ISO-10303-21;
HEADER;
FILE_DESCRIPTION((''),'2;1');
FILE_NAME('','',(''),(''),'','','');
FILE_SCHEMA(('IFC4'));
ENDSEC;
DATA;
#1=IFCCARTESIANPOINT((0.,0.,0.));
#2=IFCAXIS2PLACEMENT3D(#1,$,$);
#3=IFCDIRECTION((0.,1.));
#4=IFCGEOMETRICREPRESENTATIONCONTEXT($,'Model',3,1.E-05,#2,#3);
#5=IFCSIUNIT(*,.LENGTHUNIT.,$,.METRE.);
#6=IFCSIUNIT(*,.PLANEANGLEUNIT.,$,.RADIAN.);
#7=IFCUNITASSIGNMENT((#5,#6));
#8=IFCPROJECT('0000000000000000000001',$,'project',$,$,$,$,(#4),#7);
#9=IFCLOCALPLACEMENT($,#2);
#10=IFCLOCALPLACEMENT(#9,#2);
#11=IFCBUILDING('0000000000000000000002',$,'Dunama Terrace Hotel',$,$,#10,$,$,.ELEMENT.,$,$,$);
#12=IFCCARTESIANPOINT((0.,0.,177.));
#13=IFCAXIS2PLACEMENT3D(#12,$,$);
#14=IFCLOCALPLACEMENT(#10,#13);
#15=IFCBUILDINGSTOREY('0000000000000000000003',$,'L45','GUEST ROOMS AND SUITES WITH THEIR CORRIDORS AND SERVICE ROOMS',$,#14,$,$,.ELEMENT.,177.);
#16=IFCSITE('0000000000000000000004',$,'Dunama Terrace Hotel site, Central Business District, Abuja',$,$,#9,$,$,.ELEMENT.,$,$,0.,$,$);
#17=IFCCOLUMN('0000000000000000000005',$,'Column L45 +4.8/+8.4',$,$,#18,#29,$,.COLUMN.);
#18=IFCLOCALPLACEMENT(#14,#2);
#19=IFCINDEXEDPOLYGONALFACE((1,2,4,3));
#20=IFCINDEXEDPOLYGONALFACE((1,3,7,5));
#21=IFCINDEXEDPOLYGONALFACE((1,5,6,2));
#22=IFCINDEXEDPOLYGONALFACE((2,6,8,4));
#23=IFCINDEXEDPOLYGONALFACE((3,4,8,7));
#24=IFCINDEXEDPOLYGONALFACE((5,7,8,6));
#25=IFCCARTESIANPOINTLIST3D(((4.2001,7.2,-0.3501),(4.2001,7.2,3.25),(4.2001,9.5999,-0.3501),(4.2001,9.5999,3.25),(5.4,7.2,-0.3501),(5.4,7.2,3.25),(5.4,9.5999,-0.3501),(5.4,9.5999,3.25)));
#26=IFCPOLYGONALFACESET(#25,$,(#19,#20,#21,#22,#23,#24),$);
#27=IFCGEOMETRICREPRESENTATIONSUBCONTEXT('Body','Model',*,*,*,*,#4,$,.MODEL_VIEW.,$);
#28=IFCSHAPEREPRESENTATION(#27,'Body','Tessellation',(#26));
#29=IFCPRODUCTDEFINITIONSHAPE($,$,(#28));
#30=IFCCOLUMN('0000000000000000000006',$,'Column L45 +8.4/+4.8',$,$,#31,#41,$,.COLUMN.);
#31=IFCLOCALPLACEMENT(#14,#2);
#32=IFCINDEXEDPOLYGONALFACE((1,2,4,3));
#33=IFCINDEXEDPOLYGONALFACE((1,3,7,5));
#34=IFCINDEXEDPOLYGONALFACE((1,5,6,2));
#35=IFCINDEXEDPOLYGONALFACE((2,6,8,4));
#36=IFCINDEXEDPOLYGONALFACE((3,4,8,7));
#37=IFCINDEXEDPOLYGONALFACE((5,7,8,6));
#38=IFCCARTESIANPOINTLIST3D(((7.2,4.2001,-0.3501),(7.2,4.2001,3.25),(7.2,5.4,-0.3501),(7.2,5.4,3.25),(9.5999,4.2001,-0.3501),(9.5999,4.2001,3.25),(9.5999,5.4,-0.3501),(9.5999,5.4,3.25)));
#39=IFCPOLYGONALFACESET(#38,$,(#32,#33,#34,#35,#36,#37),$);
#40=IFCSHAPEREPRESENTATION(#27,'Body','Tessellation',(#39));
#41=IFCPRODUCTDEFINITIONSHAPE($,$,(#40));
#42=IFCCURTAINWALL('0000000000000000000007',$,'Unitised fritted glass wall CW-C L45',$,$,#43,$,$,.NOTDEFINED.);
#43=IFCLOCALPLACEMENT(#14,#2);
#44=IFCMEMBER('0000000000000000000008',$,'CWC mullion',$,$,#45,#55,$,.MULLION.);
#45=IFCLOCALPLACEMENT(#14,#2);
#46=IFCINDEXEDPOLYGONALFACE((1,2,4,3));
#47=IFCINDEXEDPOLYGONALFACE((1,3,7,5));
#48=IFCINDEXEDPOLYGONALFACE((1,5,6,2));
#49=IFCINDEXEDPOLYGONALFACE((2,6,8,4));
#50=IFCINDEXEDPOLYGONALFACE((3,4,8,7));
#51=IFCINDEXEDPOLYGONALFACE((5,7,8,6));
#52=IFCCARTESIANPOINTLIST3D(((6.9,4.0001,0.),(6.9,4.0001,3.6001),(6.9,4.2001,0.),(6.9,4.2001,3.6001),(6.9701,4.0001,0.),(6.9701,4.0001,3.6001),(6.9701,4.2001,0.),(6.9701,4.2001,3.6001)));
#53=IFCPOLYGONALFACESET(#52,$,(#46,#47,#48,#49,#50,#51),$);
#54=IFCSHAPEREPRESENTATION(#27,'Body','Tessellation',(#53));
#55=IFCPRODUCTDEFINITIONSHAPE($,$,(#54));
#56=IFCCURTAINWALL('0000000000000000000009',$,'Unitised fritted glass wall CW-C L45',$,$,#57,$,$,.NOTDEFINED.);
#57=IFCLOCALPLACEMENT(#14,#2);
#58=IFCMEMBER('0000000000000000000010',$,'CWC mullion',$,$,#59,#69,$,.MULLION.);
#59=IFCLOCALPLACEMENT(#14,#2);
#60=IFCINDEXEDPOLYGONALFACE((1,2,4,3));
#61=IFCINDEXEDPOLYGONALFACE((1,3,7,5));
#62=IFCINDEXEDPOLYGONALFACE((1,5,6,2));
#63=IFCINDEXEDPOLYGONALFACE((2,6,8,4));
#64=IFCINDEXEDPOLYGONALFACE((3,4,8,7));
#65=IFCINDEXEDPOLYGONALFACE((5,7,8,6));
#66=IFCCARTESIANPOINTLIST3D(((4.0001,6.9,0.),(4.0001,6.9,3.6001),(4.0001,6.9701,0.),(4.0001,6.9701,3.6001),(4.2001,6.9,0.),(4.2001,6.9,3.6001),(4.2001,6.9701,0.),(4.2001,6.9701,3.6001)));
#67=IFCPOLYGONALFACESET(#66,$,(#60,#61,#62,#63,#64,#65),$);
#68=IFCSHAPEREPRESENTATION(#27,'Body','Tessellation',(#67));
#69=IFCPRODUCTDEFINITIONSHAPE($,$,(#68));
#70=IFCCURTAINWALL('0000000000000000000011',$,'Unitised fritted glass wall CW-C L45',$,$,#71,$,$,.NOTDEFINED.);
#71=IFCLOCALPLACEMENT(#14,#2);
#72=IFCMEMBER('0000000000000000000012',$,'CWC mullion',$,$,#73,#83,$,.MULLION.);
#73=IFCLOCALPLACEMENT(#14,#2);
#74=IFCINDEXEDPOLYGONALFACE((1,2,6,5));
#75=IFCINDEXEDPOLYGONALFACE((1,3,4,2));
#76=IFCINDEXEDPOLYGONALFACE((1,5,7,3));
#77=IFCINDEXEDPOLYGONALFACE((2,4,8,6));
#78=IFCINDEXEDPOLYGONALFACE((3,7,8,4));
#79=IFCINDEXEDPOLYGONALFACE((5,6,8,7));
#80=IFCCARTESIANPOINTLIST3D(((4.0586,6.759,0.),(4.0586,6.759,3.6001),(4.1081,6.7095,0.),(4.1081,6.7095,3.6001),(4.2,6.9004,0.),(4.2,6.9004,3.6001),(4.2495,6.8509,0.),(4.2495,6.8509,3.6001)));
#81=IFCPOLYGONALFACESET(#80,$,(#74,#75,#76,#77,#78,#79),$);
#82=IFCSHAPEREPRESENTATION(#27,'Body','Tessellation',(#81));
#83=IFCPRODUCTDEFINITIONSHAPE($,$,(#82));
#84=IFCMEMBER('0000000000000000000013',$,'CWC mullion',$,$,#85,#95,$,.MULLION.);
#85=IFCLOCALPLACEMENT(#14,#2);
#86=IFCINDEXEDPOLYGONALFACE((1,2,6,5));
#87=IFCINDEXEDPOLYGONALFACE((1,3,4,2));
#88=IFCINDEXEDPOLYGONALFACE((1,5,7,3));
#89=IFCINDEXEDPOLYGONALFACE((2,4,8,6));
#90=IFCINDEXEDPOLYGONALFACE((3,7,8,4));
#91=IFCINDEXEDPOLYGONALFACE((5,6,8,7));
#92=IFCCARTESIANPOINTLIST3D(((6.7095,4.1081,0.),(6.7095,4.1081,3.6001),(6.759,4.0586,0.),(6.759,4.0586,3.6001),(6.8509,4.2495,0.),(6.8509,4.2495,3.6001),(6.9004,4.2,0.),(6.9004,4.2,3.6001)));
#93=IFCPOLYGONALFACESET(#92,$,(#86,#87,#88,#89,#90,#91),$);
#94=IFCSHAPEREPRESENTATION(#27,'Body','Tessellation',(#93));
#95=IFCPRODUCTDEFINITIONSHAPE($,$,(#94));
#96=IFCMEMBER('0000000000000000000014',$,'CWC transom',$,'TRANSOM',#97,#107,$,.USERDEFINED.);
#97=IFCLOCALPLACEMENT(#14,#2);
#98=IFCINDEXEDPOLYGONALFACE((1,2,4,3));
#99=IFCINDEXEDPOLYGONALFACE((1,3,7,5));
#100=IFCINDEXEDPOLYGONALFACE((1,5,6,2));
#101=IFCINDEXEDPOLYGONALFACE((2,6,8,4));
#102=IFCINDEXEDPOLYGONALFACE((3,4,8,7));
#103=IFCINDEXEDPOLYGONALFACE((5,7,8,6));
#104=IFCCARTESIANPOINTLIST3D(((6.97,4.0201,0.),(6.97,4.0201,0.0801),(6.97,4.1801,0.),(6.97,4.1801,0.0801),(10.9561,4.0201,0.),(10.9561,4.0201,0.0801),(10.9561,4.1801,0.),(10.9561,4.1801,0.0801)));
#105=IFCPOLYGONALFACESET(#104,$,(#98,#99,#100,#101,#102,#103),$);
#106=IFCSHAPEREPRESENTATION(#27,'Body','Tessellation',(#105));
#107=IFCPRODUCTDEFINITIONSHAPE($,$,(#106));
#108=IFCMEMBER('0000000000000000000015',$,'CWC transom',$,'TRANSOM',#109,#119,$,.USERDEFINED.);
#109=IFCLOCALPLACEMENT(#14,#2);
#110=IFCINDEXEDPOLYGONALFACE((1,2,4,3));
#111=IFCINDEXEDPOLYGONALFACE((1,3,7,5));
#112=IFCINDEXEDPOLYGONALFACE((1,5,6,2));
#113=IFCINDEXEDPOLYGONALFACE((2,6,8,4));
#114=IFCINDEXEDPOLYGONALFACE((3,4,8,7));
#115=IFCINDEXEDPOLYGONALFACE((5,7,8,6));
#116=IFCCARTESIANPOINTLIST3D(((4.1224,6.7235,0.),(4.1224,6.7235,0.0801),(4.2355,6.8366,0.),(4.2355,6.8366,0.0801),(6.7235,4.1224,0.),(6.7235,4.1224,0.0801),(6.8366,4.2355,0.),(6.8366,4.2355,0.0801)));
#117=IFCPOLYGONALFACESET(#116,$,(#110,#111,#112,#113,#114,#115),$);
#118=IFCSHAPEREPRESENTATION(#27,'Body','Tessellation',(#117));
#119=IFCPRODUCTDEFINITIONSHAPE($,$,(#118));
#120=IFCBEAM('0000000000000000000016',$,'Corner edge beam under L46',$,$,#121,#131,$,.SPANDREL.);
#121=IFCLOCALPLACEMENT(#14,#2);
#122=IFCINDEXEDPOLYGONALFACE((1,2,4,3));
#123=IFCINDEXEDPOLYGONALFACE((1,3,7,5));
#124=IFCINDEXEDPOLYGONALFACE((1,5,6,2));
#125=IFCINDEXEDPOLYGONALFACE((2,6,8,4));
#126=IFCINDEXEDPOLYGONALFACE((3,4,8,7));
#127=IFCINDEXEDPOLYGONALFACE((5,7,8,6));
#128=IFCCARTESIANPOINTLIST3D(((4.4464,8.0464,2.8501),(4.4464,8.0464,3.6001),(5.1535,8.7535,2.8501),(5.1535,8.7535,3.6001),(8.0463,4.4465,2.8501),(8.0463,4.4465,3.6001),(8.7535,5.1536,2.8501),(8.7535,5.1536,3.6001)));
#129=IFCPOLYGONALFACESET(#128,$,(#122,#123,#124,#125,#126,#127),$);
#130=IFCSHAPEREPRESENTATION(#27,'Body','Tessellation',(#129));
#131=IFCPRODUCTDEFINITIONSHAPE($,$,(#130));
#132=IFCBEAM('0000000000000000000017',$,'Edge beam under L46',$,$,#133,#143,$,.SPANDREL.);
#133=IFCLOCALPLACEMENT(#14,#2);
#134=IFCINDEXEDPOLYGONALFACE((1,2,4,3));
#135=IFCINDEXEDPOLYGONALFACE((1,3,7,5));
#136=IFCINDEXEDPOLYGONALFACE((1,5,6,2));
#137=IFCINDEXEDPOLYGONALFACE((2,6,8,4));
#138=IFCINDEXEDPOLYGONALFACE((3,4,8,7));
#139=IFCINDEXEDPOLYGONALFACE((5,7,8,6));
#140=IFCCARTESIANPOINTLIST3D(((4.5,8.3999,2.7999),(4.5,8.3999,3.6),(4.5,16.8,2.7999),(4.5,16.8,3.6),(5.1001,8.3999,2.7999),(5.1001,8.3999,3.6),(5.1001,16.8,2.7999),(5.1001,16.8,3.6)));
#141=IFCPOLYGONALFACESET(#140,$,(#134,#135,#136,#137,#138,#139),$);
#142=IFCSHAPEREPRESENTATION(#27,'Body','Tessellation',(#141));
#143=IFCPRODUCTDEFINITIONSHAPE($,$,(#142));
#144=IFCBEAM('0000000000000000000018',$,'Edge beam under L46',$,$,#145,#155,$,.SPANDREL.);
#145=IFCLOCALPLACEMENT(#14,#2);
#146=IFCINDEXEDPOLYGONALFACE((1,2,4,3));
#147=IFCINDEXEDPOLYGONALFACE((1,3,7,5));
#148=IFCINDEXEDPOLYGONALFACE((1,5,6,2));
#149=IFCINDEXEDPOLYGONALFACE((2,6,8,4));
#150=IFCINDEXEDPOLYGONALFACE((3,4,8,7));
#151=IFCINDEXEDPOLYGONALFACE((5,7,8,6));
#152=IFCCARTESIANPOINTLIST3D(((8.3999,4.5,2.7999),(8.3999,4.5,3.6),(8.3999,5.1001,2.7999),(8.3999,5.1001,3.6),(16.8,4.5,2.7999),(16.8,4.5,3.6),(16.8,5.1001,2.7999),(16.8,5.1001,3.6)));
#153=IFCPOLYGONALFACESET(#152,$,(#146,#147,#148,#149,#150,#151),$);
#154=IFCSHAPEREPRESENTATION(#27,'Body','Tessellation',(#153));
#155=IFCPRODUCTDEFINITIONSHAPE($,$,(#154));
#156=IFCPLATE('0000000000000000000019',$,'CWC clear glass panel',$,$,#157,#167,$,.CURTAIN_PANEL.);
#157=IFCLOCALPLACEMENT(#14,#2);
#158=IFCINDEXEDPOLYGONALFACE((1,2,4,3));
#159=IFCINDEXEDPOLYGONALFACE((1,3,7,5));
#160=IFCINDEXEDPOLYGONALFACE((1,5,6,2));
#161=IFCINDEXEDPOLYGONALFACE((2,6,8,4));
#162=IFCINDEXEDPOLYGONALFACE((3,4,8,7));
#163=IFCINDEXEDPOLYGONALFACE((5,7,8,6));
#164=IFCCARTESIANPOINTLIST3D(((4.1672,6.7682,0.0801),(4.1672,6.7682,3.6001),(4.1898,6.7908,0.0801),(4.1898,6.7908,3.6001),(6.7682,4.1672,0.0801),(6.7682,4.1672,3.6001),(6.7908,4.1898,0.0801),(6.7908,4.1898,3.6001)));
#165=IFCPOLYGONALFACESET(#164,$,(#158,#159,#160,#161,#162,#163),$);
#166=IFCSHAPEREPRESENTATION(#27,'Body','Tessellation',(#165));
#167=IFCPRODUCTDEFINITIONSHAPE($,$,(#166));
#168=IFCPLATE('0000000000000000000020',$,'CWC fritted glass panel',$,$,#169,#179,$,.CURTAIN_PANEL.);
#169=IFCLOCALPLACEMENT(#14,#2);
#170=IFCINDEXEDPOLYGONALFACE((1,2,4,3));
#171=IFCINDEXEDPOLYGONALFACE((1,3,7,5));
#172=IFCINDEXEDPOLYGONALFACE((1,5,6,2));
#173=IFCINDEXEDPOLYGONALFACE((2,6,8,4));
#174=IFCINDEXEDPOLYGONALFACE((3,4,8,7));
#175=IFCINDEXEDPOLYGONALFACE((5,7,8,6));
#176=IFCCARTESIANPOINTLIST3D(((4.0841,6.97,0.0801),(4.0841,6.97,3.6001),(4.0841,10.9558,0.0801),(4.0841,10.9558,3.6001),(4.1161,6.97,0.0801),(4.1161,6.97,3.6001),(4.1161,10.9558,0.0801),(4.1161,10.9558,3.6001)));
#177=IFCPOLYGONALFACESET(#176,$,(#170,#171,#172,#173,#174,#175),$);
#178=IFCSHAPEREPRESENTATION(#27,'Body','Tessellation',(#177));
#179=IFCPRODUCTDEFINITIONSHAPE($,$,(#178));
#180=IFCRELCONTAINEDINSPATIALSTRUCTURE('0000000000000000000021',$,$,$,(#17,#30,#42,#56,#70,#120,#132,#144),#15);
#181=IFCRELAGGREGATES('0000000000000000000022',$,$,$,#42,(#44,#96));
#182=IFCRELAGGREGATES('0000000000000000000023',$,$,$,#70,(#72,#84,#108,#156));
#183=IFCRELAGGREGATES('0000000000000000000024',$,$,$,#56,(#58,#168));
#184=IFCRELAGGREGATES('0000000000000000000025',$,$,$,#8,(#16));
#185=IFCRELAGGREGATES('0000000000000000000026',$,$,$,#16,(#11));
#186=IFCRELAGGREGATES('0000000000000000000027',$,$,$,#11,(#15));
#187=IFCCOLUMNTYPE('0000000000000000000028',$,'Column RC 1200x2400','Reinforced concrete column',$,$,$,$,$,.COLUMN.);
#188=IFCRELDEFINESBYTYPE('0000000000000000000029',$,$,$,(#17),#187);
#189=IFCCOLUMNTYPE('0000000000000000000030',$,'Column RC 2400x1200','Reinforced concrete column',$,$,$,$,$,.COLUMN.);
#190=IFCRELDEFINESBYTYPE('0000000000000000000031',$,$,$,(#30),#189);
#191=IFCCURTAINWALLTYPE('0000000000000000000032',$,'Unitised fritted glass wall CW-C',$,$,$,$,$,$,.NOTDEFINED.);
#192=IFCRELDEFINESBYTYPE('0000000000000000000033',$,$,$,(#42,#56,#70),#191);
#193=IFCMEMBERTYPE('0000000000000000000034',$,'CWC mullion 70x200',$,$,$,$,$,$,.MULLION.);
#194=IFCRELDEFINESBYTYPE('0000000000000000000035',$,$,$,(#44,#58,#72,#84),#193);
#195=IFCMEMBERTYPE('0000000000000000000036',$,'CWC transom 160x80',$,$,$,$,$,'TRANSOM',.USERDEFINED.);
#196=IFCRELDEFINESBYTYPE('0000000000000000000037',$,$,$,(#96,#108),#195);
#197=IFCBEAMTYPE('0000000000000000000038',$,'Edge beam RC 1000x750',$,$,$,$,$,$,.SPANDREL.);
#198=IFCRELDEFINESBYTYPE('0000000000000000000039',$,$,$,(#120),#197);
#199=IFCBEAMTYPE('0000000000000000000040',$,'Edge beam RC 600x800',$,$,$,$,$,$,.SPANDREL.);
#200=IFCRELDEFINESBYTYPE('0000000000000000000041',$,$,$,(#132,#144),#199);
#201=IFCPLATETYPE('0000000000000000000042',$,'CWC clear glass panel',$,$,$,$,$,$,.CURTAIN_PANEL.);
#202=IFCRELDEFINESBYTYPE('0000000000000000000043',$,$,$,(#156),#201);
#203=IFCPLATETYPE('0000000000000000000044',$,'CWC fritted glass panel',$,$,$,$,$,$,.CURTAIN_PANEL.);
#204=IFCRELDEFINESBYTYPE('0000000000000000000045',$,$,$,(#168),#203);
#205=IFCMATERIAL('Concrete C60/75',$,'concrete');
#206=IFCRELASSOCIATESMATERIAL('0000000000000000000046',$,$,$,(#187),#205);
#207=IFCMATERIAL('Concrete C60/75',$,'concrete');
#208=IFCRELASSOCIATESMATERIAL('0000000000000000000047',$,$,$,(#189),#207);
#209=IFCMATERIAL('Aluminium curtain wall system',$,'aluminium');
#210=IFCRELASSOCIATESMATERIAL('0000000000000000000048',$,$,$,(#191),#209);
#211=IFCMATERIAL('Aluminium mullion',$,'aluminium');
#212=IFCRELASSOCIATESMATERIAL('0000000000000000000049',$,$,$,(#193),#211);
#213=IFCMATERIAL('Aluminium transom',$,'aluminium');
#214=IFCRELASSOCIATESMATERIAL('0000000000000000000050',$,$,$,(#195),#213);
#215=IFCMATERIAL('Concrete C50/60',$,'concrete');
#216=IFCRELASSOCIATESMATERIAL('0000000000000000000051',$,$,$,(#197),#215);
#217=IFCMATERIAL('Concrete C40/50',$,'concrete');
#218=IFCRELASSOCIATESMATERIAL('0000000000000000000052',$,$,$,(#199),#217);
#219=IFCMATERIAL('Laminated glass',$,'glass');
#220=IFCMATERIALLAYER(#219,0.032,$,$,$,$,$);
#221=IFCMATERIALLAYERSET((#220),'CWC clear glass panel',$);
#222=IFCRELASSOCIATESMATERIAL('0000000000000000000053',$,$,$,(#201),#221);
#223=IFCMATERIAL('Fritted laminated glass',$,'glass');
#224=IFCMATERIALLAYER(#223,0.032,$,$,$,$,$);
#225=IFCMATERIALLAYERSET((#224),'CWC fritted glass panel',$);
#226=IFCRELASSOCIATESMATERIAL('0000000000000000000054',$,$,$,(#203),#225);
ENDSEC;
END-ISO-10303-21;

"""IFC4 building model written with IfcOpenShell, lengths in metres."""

from ifc_helpers import new_model, si_unit, direction, frame, origin, origin_2d, place, context, subcontext, project, spatial, rectangle, extrude, material, layer, layer_set, material_profile, profile_set, type_object, element, aggregate, save


model = new_model("IFC4")

# Units and contexts
model_context = context("Model", 3, precision=1e-05, world=origin(), true_north=direction((0.0, 1.0)))
body_context = subcontext(model_context, "Body", "Model", "MODEL_VIEW")
ifc_project = project(units=[si_unit("LENGTHUNIT", "METRE"), si_unit("PLANEANGLEUNIT", "RADIAN")], contexts=[model_context])

# Site, building, storey
site_placement = place(None, origin())
site = spatial("IfcSite", under=ifc_project, at=site_placement, Name="Dunama Terrace Hotel site, Central Business District, Abuja", CompositionType="ELEMENT", RefElevation=0.0)
building_placement = place(site_placement, origin())
building = spatial("IfcBuilding", under=site, at=building_placement, Name="Dunama Terrace Hotel", CompositionType="ELEMENT")
storey_placement = place(building_placement, frame((0.0, 0.0, 177.0)))
storey = spatial("IfcBuildingStorey", under=building, at=storey_placement, Name="L45", Description="GUEST ROOMS AND SUITES WITH THEIR CORRIDORS AND SERVICE ROOMS", CompositionType="ELEMENT", Elevation=177.0)

# Columns
ifc_material_1 = material(Name="Concrete C60/75", Category="concrete")
ifc_material_profile_1 = material_profile(ifc_material_1, rectangle(XDim=1.2, YDim=2.3999, at=origin_2d()), Name="RC 1200x2400")
ifc_profile_set_1 = profile_set([ifc_material_profile_1], Name="Concrete C60/75")
column_type_1 = type_object("IfcColumnType", Name="Column RC 1200x2400", Description="Reinforced concrete column", PredefinedType="COLUMN", material=ifc_profile_set_1)
column_1_placement = place(storey_placement, frame((4.8, 8.3999, -0.3501), z_axis=(0.0, 0.0, 1.0), x_axis=(1.0, 0.0, 0.0)))
element("IfcColumn", 1, at=column_1_placement, inside=storey, type_object=column_type_1, Name="Column L45 +4.8/+8.4", PredefinedType="COLUMN", context=body_context, shape_type="SweptSolid", body=[
    extrude(rectangle(XDim=1.2, YDim=2.3999, at=origin_2d()), origin(), (0.0, 0.0, 1.0), 3.6001),
])
ifc_material_2 = material(Name="Concrete C60/75", Category="concrete")
ifc_material_profile_2 = material_profile(ifc_material_2, rectangle(XDim=2.3999, YDim=1.2, at=origin_2d()), Name="RC 2400x1200")
ifc_profile_set_2 = profile_set([ifc_material_profile_2], Name="Concrete C60/75")
column_type_2 = type_object("IfcColumnType", Name="Column RC 2400x1200", Description="Reinforced concrete column", PredefinedType="COLUMN", material=ifc_profile_set_2)
column_2_placement = place(storey_placement, frame((8.3999, 4.8, -0.3501), z_axis=(0.0, 0.0, 1.0), x_axis=(1.0, 0.0, 0.0)))
element("IfcColumn", 2, at=column_2_placement, inside=storey, type_object=column_type_2, Name="Column L45 +8.4/+4.8", PredefinedType="COLUMN", context=body_context, shape_type="SweptSolid", body=[
    extrude(rectangle(XDim=2.3999, YDim=1.2, at=origin_2d()), origin(), (0.0, 0.0, 1.0), 3.6001),
])

# Curtain walls, members
ifc_material_3 = material(Name="Aluminium curtain wall system", Category="aluminium")
curtain_wall_type = type_object("IfcCurtainWallType", Name="Unitised fritted glass wall CW-C", PredefinedType="NOTDEFINED", material=ifc_material_3)
curtain_wall_1_placement = place(storey_placement, origin())
curtain_wall_1 = element("IfcCurtainWall", 3, at=curtain_wall_1_placement, inside=storey, type_object=curtain_wall_type, Name="Unitised fritted glass wall CW-C L45", PredefinedType="NOTDEFINED")
ifc_material_4 = material(Name="Aluminium mullion", Category="aluminium")
ifc_material_profile_3 = material_profile(ifc_material_4, rectangle(XDim=0.0701, YDim=0.2, at=origin_2d()), Name="CWC MULLION 70X200")
ifc_profile_set_3 = profile_set([ifc_material_profile_3], Name="Aluminium mullion")
member_type_1 = type_object("IfcMemberType", Name="CWC mullion 70x200", PredefinedType="MULLION", material=ifc_profile_set_3)
member_1_placement = place(storey_placement, frame((6.9351, 4.1001, 0.0), z_axis=(0.0, 0.0, 1.0), x_axis=(1.0, 0.0, 0.0)))
member_1 = element("IfcMember", 4, at=member_1_placement, type_object=member_type_1, Name="CWC mullion", PredefinedType="MULLION", context=body_context, shape_type="SweptSolid", body=[
    extrude(rectangle(XDim=0.0701, YDim=0.2, at=origin_2d()), origin(), (0.0, 0.0, 1.0), 3.6001),
])
curtain_wall_2_placement = place(storey_placement, origin())
curtain_wall_2 = element("IfcCurtainWall", 5, at=curtain_wall_2_placement, inside=storey, type_object=curtain_wall_type, Name="Unitised fritted glass wall CW-C L45", PredefinedType="NOTDEFINED")
member_2_placement = place(storey_placement, frame((4.1001, 6.9351, 0.0), z_axis=(0.0, 0.0, 1.0), x_axis=(0.0, -1.0, 0.0)))
member_2 = element("IfcMember", 6, at=member_2_placement, type_object=member_type_1, Name="CWC mullion", PredefinedType="MULLION", context=body_context, shape_type="SweptSolid", body=[
    extrude(rectangle(XDim=0.0701, YDim=0.2, at=origin_2d()), origin(), (0.0, 0.0, 1.0), 3.6001),
])

# Curtain wall, members
curtain_wall_3_placement = place(storey_placement, origin())
curtain_wall_3 = element("IfcCurtainWall", 7, at=curtain_wall_3_placement, inside=storey, type_object=curtain_wall_type, Name="Unitised fritted glass wall CW-C L45", PredefinedType="NOTDEFINED")
member_3_placement = place(storey_placement, frame((4.1541, 6.8049, 0.0), z_axis=(0.0, 0.0, 1.0), x_axis=(0.707107, -0.707107, 0.0)))
member_3 = element("IfcMember", 8, at=member_3_placement, type_object=member_type_1, Name="CWC mullion", PredefinedType="MULLION", context=body_context, shape_type="SweptSolid", body=[
    extrude(rectangle(XDim=0.0701, YDim=0.2, at=origin_2d()), origin(), (0.0, 0.0, 1.0), 3.6001),
])
member_4_placement = place(storey_placement, frame((6.8049, 4.1541, 0.0), z_axis=(0.0, 0.0, 1.0), x_axis=(0.707107, -0.707107, 0.0)))
member_4 = element("IfcMember", 9, at=member_4_placement, type_object=member_type_1, Name="CWC mullion", PredefinedType="MULLION", context=body_context, shape_type="SweptSolid", body=[
    extrude(rectangle(XDim=0.0701, YDim=0.2, at=origin_2d()), origin(), (0.0, 0.0, 1.0), 3.6001),
])

# Members
ifc_material_5 = material(Name="Aluminium transom", Category="aluminium")
ifc_material_profile_4 = material_profile(ifc_material_5, rectangle(XDim=0.1599, YDim=0.0801, at=origin_2d()), Name="CWC TRANSOM 160X80")
ifc_profile_set_4 = profile_set([ifc_material_profile_4], Name="Aluminium transom")
member_type_2 = type_object("IfcMemberType", Name="CWC transom 160x80", ElementType="TRANSOM", PredefinedType="USERDEFINED", material=ifc_profile_set_4)
member_5_placement = place(storey_placement, frame((6.97, 4.1001, 0.04), z_axis=(1.0, 0.0, 0.0), x_axis=(0.0, 1.0, 0.0)))
member_5 = element("IfcMember", 10, at=member_5_placement, type_object=member_type_2, Name="CWC transom", ObjectType="TRANSOM", PredefinedType="USERDEFINED", context=body_context, shape_type="SweptSolid", body=[
    extrude(rectangle(XDim=0.1599, YDim=0.0801, at=origin_2d()), origin(), (0.0, 0.0, 1.0), 3.9861),
])
aggregate(curtain_wall_1, [member_1, member_5])
member_6_placement = place(storey_placement, frame((4.179, 6.78, 0.04), z_axis=(0.707107, -0.707107, 0.0), x_axis=(0.707107, 0.707107, 0.0)))
member_6 = element("IfcMember", 11, at=member_6_placement, type_object=member_type_2, Name="CWC transom", ObjectType="TRANSOM", PredefinedType="USERDEFINED", context=body_context, shape_type="SweptSolid", body=[
    extrude(rectangle(XDim=0.1599, YDim=0.0801, at=origin_2d()), origin(), (0.0, 0.0, 1.0), 3.6785),
])

# Beams
ifc_material_6 = material(Name="Concrete C50/60", Category="concrete")
ifc_material_profile_5 = material_profile(ifc_material_6, rectangle(XDim=1.0, YDim=0.75, at=origin_2d()), Name="RC 1000x750")
ifc_profile_set_5 = profile_set([ifc_material_profile_5], Name="Concrete C50/60")
beam_type_1 = type_object("IfcBeamType", Name="Edge beam RC 1000x750", PredefinedType="SPANDREL", material=ifc_profile_set_5)
beam_placement = place(storey_placement, frame((8.3999, 4.8, 3.2251), z_axis=(-0.707107, 0.707107, 0.0), x_axis=(-0.707107, -0.707107, 0.0)))
element("IfcBeam", 12, at=beam_placement, inside=storey, type_object=beam_type_1, Name="Corner edge beam under L46", PredefinedType="SPANDREL", context=body_context, shape_type="SweptSolid", body=[
    extrude(rectangle(XDim=1.0, YDim=0.75, at=origin_2d()), origin(), (0.0, 0.0, 1.0), 5.0911),
])
ifc_material_7 = material(Name="Concrete C40/50", Category="concrete")
ifc_material_profile_6 = material_profile(ifc_material_7, rectangle(XDim=0.6001, YDim=0.8, at=origin_2d()), Name="RC 600x800")
ifc_profile_set_6 = profile_set([ifc_material_profile_6], Name="Concrete C40/50")
beam_type_2 = type_object("IfcBeamType", Name="Edge beam RC 600x800", PredefinedType="SPANDREL", material=ifc_profile_set_6)
for number, where, z_axis, x_axis, name in (
    (13, (4.8, 8.3999, 3.2), (0.0, 1.0, 0.0), (-1.0, 0.0, 0.0), "Edge beam under L46"),
    (14, (8.3999, 4.8, 3.2), (1.0, 0.0, 0.0), (0.0, 1.0, 0.0), "Edge beam under L46"),
):
    element("IfcBeam", number, at=place(storey_placement, frame(where, z_axis=z_axis, x_axis=x_axis)), inside=storey, type_object=beam_type_2, Name=name, PredefinedType="SPANDREL", context=body_context, shape_type="SweptSolid", body=[
        extrude(rectangle(XDim=0.6001, YDim=0.8, at=origin_2d()), origin(), (0.0, 0.0, 1.0), 8.4001),
    ])

# Plates
ifc_material_8 = material(Name="Laminated glass", Category="glass")
ifc_layer_1 = layer(ifc_material_8, 0.032)
ifc_layer_set_1 = layer_set([ifc_layer_1], Name="CWC clear glass panel")
plate_type_1 = type_object("IfcPlateType", Name="CWC clear glass panel", PredefinedType="CURTAIN_PANEL", material=ifc_layer_set_1)
plate_1_placement = place(storey_placement, frame((5.479, 5.479, 0.0801), z_axis=(0.0, 0.0, 1.0), x_axis=(0.707107, -0.707107, 0.0)))
plate_1 = element("IfcPlate", 15, at=plate_1_placement, type_object=plate_type_1, Name="CWC clear glass panel", PredefinedType="CURTAIN_PANEL", context=body_context, shape_type="SweptSolid", body=[
    extrude(rectangle(XDim=3.6785, YDim=0.032, at=origin_2d()), origin(), (0.0, 0.0, 1.0), 3.52),
])
aggregate(curtain_wall_3, [member_3, member_4, member_6, plate_1])
ifc_material_9 = material(Name="Fritted laminated glass", Category="glass")
ifc_layer_2 = layer(ifc_material_9, 0.032)
ifc_layer_set_2 = layer_set([ifc_layer_2], Name="CWC fritted glass panel")
plate_type_2 = type_object("IfcPlateType", Name="CWC fritted glass panel", PredefinedType="CURTAIN_PANEL", material=ifc_layer_set_2)
plate_2_placement = place(storey_placement, frame((4.1001, 8.9629, 0.0801), z_axis=(0.0, 0.0, 1.0), x_axis=(0.0, -1.0, 0.0)))
plate_2 = element("IfcPlate", 16, at=plate_2_placement, type_object=plate_type_2, Name="CWC fritted glass panel", PredefinedType="CURTAIN_PANEL", context=body_context, shape_type="SweptSolid", body=[
    extrude(rectangle(XDim=3.9858, YDim=0.032, at=origin_2d()), origin(), (0.0, 0.0, 1.0), 3.52),
])
aggregate(curtain_wall_2, [member_2, plate_2])

save(model, "model.ifc")
